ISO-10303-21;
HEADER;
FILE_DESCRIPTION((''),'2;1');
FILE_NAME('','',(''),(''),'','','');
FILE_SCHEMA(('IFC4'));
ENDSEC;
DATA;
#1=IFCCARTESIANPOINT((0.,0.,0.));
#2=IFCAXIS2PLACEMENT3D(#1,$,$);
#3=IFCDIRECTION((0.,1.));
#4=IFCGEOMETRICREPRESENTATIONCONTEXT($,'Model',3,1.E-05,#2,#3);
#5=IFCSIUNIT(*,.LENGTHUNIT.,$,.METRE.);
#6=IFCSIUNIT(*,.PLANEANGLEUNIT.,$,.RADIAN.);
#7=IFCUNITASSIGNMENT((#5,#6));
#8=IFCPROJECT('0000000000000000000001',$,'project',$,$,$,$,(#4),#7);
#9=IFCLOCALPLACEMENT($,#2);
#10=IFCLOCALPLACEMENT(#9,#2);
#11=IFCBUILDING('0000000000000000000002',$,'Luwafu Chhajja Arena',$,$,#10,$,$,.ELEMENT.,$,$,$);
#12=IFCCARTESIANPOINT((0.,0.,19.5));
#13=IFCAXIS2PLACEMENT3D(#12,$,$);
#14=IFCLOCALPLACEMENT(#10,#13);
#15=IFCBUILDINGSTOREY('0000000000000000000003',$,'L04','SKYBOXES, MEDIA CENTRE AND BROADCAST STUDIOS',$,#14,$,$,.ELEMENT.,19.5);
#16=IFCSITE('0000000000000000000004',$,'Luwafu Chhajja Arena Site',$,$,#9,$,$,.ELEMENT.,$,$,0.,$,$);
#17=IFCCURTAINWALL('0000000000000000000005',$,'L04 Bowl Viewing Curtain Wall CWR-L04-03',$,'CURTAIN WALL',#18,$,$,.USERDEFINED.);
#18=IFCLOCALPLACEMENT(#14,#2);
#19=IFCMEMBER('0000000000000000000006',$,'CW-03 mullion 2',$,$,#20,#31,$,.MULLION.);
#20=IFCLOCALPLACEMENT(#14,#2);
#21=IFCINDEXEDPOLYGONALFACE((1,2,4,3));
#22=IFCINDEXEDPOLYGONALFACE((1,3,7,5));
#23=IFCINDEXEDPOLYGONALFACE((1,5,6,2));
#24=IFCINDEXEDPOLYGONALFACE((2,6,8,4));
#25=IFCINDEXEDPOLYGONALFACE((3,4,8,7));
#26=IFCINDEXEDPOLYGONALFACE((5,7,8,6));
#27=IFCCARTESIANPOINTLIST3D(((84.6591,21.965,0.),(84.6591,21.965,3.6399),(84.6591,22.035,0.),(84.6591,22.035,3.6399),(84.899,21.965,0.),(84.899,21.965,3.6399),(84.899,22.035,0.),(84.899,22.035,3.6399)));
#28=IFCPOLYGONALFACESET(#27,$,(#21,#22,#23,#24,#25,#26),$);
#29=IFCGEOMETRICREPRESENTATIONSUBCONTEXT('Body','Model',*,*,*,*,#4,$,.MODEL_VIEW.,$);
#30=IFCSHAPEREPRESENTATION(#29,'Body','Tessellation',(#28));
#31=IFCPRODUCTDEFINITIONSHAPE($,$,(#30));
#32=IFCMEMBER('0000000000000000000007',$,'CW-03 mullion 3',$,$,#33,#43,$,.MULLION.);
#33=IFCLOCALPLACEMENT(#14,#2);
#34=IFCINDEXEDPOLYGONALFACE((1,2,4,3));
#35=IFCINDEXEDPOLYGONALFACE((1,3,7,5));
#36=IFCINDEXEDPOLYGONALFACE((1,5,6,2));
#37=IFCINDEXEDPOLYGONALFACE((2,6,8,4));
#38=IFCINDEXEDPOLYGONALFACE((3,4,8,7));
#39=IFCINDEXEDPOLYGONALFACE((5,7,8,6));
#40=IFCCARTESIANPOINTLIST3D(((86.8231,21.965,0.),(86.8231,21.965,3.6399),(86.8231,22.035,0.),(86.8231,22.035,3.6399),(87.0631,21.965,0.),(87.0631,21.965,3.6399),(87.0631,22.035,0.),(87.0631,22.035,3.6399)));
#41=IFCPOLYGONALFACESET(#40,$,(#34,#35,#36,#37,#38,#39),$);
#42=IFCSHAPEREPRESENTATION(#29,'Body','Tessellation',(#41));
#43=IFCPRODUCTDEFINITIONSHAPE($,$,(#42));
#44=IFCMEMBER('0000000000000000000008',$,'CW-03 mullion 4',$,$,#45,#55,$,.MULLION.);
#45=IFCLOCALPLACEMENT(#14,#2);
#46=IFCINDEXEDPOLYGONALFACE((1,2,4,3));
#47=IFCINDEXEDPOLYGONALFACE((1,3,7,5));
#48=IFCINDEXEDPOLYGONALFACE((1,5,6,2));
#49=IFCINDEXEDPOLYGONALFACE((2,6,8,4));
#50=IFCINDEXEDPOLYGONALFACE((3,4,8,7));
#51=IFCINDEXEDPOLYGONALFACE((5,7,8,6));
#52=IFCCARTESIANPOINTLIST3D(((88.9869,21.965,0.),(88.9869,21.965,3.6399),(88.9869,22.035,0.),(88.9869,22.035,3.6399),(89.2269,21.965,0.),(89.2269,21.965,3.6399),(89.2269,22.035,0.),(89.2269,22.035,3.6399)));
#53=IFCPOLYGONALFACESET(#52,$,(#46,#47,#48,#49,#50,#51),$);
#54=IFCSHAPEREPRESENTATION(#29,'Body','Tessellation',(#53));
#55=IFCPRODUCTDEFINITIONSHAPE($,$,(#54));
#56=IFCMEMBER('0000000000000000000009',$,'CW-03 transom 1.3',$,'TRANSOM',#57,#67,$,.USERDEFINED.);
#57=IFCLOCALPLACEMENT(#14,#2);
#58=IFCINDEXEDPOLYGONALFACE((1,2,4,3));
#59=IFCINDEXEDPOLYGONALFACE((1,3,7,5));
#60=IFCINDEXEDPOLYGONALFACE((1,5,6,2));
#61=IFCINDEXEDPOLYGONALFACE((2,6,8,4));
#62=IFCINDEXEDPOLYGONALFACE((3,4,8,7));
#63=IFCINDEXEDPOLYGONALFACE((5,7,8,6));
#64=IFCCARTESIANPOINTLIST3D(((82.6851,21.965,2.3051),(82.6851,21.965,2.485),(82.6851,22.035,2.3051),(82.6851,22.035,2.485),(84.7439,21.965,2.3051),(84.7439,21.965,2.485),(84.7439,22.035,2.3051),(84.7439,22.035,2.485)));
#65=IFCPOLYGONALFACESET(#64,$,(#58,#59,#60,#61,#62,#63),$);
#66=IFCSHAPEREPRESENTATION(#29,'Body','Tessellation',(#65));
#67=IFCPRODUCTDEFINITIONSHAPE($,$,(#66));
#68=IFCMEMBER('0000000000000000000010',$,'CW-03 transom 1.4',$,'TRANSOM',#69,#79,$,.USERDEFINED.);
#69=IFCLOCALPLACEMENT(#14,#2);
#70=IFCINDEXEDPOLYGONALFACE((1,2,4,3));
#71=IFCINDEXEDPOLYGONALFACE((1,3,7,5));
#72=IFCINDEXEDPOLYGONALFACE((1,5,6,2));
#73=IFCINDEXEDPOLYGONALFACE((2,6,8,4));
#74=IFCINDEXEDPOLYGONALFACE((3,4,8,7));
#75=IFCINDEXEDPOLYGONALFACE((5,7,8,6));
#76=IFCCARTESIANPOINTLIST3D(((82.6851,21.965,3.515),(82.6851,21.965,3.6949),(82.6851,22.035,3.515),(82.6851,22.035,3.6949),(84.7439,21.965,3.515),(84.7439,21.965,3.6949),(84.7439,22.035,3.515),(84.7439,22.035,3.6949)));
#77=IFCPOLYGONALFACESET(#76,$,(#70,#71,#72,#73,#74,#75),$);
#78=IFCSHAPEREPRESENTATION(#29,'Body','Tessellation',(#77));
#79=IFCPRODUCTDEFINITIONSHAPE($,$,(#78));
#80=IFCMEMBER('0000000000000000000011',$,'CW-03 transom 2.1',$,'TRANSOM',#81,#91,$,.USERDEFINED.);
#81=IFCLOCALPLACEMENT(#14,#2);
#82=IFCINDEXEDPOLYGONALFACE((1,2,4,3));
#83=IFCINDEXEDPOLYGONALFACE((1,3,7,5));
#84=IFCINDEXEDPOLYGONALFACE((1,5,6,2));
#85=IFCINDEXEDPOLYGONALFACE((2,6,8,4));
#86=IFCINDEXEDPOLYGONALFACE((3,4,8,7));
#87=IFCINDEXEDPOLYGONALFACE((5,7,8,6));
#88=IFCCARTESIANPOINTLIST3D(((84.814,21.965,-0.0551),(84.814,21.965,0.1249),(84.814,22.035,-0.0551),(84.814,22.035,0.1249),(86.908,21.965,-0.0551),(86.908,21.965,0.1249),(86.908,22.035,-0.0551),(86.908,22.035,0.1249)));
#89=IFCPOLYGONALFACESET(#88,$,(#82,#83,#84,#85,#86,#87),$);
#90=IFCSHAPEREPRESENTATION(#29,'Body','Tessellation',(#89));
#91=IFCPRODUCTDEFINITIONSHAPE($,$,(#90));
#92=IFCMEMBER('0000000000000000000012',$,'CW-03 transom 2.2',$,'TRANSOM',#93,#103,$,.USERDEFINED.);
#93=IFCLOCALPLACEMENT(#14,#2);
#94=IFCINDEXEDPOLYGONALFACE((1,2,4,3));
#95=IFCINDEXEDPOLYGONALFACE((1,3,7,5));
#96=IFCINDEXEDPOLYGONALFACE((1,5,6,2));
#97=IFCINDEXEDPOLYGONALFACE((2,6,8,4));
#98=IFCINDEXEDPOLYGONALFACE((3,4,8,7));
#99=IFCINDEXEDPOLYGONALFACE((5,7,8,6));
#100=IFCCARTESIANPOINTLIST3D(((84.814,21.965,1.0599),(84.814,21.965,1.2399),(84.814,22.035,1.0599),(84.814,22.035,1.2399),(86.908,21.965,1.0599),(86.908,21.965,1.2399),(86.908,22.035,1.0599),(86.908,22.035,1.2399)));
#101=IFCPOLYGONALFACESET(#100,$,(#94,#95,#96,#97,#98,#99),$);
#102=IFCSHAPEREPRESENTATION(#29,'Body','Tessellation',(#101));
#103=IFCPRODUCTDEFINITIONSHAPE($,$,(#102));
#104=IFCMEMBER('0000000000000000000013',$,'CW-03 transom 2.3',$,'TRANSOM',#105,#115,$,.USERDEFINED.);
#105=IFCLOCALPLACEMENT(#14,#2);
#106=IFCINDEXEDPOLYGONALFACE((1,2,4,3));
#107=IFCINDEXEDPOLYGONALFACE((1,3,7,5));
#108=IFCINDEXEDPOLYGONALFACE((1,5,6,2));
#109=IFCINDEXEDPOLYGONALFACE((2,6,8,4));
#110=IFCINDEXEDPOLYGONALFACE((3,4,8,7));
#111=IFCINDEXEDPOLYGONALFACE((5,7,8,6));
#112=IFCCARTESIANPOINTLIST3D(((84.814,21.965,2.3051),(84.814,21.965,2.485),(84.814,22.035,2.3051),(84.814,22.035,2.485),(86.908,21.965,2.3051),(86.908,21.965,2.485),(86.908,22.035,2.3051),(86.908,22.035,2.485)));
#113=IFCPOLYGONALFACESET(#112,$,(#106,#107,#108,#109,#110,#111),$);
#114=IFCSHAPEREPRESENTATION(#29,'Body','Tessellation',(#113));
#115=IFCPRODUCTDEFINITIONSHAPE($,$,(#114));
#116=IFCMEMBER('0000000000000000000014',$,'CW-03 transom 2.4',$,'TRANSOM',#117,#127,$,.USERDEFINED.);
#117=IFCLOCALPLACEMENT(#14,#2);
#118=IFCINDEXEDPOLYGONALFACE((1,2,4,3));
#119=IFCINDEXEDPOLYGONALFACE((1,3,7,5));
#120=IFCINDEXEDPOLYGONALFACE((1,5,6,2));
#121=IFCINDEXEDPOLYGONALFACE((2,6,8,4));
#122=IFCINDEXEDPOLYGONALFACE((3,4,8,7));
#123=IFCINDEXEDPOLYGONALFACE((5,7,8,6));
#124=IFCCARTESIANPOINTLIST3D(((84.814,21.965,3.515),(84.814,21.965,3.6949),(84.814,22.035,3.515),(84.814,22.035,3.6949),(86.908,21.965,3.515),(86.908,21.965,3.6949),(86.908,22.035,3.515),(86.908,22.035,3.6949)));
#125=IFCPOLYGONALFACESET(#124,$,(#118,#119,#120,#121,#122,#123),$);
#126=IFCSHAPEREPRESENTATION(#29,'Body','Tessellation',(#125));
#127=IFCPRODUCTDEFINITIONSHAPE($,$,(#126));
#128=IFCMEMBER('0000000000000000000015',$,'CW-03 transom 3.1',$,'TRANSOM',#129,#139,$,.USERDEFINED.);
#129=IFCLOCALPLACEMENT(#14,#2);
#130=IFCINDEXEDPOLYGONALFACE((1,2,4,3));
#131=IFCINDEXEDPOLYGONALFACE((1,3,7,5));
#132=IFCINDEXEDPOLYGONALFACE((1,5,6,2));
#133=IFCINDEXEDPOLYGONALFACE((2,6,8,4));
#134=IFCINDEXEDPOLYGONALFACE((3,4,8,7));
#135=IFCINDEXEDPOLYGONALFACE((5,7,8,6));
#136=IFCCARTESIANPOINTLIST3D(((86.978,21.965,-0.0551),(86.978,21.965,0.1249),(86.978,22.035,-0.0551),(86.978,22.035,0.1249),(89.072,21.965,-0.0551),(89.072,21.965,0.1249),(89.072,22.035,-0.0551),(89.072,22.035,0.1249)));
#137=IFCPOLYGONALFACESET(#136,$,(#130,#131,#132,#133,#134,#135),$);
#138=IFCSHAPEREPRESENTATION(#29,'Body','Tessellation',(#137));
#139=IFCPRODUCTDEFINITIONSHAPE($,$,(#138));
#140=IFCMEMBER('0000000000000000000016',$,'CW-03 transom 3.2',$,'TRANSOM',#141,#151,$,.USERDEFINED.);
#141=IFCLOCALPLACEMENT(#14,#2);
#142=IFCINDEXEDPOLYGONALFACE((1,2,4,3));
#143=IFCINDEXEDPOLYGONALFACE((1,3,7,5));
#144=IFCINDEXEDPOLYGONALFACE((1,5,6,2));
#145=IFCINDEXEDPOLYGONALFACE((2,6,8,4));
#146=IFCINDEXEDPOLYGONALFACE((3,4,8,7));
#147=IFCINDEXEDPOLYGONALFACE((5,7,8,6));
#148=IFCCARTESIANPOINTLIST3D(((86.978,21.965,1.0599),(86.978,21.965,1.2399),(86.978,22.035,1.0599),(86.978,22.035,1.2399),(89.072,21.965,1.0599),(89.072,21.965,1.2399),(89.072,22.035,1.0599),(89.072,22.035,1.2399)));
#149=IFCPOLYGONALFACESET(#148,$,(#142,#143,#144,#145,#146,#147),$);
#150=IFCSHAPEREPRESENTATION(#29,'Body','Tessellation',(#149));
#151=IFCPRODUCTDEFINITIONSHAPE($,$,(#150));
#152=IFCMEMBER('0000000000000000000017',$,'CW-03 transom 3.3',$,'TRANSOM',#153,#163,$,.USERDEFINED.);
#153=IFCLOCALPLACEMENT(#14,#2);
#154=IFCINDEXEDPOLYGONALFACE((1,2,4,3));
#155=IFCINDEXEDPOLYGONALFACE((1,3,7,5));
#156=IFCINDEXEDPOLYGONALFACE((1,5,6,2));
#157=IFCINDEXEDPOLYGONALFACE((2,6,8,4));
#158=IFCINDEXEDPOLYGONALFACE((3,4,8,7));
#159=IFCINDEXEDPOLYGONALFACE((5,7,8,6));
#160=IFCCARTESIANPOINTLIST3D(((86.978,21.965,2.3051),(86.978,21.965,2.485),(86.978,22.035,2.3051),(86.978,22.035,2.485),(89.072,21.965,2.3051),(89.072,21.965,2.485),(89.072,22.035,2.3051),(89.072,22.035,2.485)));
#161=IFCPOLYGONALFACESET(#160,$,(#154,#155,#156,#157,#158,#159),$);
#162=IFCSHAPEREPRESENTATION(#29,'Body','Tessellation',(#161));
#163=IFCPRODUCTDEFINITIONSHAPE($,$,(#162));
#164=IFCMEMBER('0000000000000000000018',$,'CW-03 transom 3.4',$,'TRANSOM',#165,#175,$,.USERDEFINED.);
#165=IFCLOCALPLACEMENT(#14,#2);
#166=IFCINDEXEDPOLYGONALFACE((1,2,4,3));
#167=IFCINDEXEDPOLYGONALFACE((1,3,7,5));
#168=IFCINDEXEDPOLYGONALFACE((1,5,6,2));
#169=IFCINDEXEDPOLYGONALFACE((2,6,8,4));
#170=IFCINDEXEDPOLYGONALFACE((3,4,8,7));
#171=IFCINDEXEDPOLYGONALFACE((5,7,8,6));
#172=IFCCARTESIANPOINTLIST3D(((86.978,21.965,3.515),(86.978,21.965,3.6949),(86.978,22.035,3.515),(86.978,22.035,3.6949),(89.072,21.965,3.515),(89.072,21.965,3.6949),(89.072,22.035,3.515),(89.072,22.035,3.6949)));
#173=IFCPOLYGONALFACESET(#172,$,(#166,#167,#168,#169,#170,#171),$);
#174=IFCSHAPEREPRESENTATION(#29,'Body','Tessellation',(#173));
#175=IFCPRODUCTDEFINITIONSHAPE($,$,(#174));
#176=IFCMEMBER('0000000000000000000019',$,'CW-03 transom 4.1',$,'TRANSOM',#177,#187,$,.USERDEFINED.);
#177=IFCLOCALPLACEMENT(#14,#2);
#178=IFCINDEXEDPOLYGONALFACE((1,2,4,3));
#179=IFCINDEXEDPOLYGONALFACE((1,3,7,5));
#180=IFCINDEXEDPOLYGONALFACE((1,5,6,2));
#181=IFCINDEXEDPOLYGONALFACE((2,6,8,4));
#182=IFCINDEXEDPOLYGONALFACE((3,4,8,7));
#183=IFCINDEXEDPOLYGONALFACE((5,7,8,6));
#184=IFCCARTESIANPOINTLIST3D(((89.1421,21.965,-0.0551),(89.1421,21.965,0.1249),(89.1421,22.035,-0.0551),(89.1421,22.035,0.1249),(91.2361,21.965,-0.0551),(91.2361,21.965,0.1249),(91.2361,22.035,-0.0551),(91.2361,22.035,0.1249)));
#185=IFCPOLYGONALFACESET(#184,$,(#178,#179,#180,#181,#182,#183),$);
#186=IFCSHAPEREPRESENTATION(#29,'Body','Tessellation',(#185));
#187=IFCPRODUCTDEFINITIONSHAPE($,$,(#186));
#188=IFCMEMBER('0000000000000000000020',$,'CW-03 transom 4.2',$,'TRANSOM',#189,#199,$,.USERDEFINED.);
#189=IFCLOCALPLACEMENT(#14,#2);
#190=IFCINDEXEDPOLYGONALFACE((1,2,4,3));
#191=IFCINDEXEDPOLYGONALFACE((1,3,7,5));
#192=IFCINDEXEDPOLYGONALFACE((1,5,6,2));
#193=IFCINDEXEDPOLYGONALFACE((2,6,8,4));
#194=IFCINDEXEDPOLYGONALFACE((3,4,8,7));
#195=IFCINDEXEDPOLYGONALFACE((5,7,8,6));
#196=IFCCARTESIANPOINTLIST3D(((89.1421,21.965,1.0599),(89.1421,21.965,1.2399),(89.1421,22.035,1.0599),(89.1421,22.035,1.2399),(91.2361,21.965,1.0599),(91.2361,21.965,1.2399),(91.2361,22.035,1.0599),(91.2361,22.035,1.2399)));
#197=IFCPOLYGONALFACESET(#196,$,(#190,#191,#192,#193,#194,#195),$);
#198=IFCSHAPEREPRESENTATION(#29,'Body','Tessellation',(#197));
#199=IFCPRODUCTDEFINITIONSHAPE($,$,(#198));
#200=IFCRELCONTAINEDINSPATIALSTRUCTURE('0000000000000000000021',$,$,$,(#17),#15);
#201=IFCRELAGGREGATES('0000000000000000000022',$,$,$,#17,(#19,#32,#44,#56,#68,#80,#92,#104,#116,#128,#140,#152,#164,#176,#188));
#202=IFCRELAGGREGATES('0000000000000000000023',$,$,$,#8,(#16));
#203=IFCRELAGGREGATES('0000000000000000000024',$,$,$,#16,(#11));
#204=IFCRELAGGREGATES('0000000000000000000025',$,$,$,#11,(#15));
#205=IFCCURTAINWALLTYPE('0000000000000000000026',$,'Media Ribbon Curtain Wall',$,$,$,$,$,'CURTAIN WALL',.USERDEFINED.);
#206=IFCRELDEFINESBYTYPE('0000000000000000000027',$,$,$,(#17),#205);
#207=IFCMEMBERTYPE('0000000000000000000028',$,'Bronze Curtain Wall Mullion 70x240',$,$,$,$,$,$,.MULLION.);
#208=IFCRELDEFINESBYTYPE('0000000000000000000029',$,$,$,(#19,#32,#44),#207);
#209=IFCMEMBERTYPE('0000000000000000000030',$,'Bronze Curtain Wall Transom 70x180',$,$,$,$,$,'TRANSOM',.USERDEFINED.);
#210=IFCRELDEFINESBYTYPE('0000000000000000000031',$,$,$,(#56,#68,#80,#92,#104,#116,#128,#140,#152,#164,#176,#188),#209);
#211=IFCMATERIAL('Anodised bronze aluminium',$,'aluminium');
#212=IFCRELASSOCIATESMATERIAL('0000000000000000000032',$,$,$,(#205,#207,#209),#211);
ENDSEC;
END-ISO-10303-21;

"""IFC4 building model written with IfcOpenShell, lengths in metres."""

from ifc_helpers import new_model, si_unit, direction, frame, origin, origin_2d, place, context, subcontext, project, spatial, rectangle, extrude, material, material_profile, profile_set, type_object, element, aggregate, save


model = new_model("IFC4")

# Units and contexts
model_context = context("Model", 3, precision=1e-05, world=origin(), true_north=direction((0.0, 1.0)))
body_context = subcontext(model_context, "Body", "Model", "MODEL_VIEW")
ifc_project = project(units=[si_unit("LENGTHUNIT", "METRE"), si_unit("PLANEANGLEUNIT", "RADIAN")], contexts=[model_context])

# Site, building, storey
site_placement = place(None, origin())
site = spatial("IfcSite", under=ifc_project, at=site_placement, Name="Luwafu Chhajja Arena Site", CompositionType="ELEMENT", RefElevation=0.0)
building_placement = place(site_placement, origin())
building = spatial("IfcBuilding", under=site, at=building_placement, Name="Luwafu Chhajja Arena", CompositionType="ELEMENT")
storey_placement = place(building_placement, frame((0.0, 0.0, 19.5)))
storey = spatial("IfcBuildingStorey", under=building, at=storey_placement, Name="L04", Description="SKYBOXES, MEDIA CENTRE AND BROADCAST STUDIOS", CompositionType="ELEMENT", Elevation=19.5)

# Curtain wall, members
ifc_material_1 = material(Name="Anodised bronze aluminium", Category="aluminium")
curtain_wall_type = type_object("IfcCurtainWallType", Name="Media Ribbon Curtain Wall", ElementType="CURTAIN WALL", PredefinedType="USERDEFINED", material=ifc_material_1)
curtain_wall_placement = place(storey_placement, origin())
curtain_wall = element("IfcCurtainWall", 1, at=curtain_wall_placement, inside=storey, type_object=curtain_wall_type, Name="L04 Bowl Viewing Curtain Wall CWR-L04-03", ObjectType="CURTAIN WALL", PredefinedType="USERDEFINED")
ifc_material_profile_1 = material_profile(ifc_material_1, rectangle(XDim=0.0701, YDim=0.24, at=origin_2d()), Name="CWM 70x240")
ifc_profile_set_1 = profile_set([ifc_material_profile_1], Name="Anodised bronze aluminium")
member_type_1 = type_object("IfcMemberType", Name="Bronze Curtain Wall Mullion 70x240", PredefinedType="MULLION", material=ifc_profile_set_1)
member_1_placement = place(storey_placement, frame((84.7791, 22.0, 0.0), z_axis=(0.0, 0.0, 1.0), x_axis=(0.0, 1.0, 0.0)))
member_1 = element("IfcMember", 2, at=member_1_placement, type_object=member_type_1, Name="CW-03 mullion 2", PredefinedType="MULLION", context=body_context, shape_type="SweptSolid", body=[
    extrude(rectangle(XDim=0.0701, YDim=0.24, at=origin_2d()), origin(), (0.0, 0.0, 1.0), 3.6399),
])
member_2_placement = place(storey_placement, frame((86.9431, 22.0, 0.0), z_axis=(0.0, 0.0, 1.0), x_axis=(0.0, 1.0, 0.0)))
member_2 = element("IfcMember", 3, at=member_2_placement, type_object=member_type_1, Name="CW-03 mullion 3", PredefinedType="MULLION", context=body_context, shape_type="SweptSolid", body=[
    extrude(rectangle(XDim=0.0701, YDim=0.24, at=origin_2d()), origin(), (0.0, 0.0, 1.0), 3.6399),
])
member_3_placement = place(storey_placement, frame((89.1069, 22.0, 0.0), z_axis=(0.0, 0.0, 1.0), x_axis=(0.0, 1.0, 0.0)))
member_3 = element("IfcMember", 4, at=member_3_placement, type_object=member_type_1, Name="CW-03 mullion 4", PredefinedType="MULLION", context=body_context, shape_type="SweptSolid", body=[
    extrude(rectangle(XDim=0.0701, YDim=0.24, at=origin_2d()), origin(), (0.0, 0.0, 1.0), 3.6399),
])
ifc_material_profile_2 = material_profile(ifc_material_1, rectangle(XDim=0.0701, YDim=0.1799, at=origin_2d()), Name="CWT 70x180")
ifc_profile_set_2 = profile_set([ifc_material_profile_2], Name="Anodised bronze aluminium")
member_type_2 = type_object("IfcMemberType", Name="Bronze Curtain Wall Transom 70x180", ElementType="TRANSOM", PredefinedType="USERDEFINED", material=ifc_profile_set_2)
member_4_placement = place(storey_placement, frame((82.6851, 22.0, 2.395), z_axis=(1.0, 0.0, 0.0), x_axis=(0.0, 1.0, 0.0)))
member_4 = element("IfcMember", 5, at=member_4_placement, type_object=member_type_2, Name="CW-03 transom 1.3", ObjectType="TRANSOM", PredefinedType="USERDEFINED", context=body_context, shape_type="SweptSolid", body=[
    extrude(rectangle(XDim=0.0701, YDim=0.1799, at=origin_2d()), origin(), (0.0, 0.0, 1.0), 2.0588),
])
member_5_placement = place(storey_placement, frame((82.6851, 22.0, 3.605), z_axis=(1.0, 0.0, 0.0), x_axis=(0.0, 1.0, 0.0)))
member_5 = element("IfcMember", 6, at=member_5_placement, type_object=member_type_2, Name="CW-03 transom 1.4", ObjectType="TRANSOM", PredefinedType="USERDEFINED", context=body_context, shape_type="SweptSolid", body=[
    extrude(rectangle(XDim=0.0701, YDim=0.1799, at=origin_2d()), origin(), (0.0, 0.0, 1.0), 2.0588),
])
member_6_placement = place(storey_placement, frame((84.814, 22.0, 0.0349), z_axis=(1.0, 0.0, 0.0), x_axis=(0.0, 1.0, 0.0)))
member_6 = element("IfcMember", 7, at=member_6_placement, type_object=member_type_2, Name="CW-03 transom 2.1", ObjectType="TRANSOM", PredefinedType="USERDEFINED", context=body_context, shape_type="SweptSolid", body=[
    extrude(rectangle(XDim=0.0701, YDim=0.1799, at=origin_2d()), origin(), (0.0, 0.0, 1.0), 2.094),
])
member_7_placement = place(storey_placement, frame((84.814, 22.0, 1.1499), z_axis=(1.0, 0.0, 0.0), x_axis=(0.0, 1.0, 0.0)))
member_7 = element("IfcMember", 8, at=member_7_placement, type_object=member_type_2, Name="CW-03 transom 2.2", ObjectType="TRANSOM", PredefinedType="USERDEFINED", context=body_context, shape_type="SweptSolid", body=[
    extrude(rectangle(XDim=0.0701, YDim=0.1799, at=origin_2d()), origin(), (0.0, 0.0, 1.0), 2.094),
])
member_8_placement = place(storey_placement, frame((84.814, 22.0, 2.395), z_axis=(1.0, 0.0, 0.0), x_axis=(0.0, 1.0, 0.0)))
member_8 = element("IfcMember", 9, at=member_8_placement, type_object=member_type_2, Name="CW-03 transom 2.3", ObjectType="TRANSOM", PredefinedType="USERDEFINED", context=body_context, shape_type="SweptSolid", body=[
    extrude(rectangle(XDim=0.0701, YDim=0.1799, at=origin_2d()), origin(), (0.0, 0.0, 1.0), 2.094),
])
member_9_placement = place(storey_placement, frame((84.814, 22.0, 3.605), z_axis=(1.0, 0.0, 0.0), x_axis=(0.0, 1.0, 0.0)))
member_9 = element("IfcMember", 10, at=member_9_placement, type_object=member_type_2, Name="CW-03 transom 2.4", ObjectType="TRANSOM", PredefinedType="USERDEFINED", context=body_context, shape_type="SweptSolid", body=[
    extrude(rectangle(XDim=0.0701, YDim=0.1799, at=origin_2d()), origin(), (0.0, 0.0, 1.0), 2.094),
])
member_10_placement = place(storey_placement, frame((86.978, 22.0, 0.0349), z_axis=(1.0, 0.0, 0.0), x_axis=(0.0, 1.0, 0.0)))
member_10 = element("IfcMember", 11, at=member_10_placement, type_object=member_type_2, Name="CW-03 transom 3.1", ObjectType="TRANSOM", PredefinedType="USERDEFINED", context=body_context, shape_type="SweptSolid", body=[
    extrude(rectangle(XDim=0.0701, YDim=0.1799, at=origin_2d()), origin(), (0.0, 0.0, 1.0), 2.094),
])
member_11_placement = place(storey_placement, frame((86.978, 22.0, 1.1499), z_axis=(1.0, 0.0, 0.0), x_axis=(0.0, 1.0, 0.0)))
member_11 = element("IfcMember", 12, at=member_11_placement, type_object=member_type_2, Name="CW-03 transom 3.2", ObjectType="TRANSOM", PredefinedType="USERDEFINED", context=body_context, shape_type="SweptSolid", body=[
    extrude(rectangle(XDim=0.0701, YDim=0.1799, at=origin_2d()), origin(), (0.0, 0.0, 1.0), 2.094),
])
member_12_placement = place(storey_placement, frame((86.978, 22.0, 2.395), z_axis=(1.0, 0.0, 0.0), x_axis=(0.0, 1.0, 0.0)))
member_12 = element("IfcMember", 13, at=member_12_placement, type_object=member_type_2, Name="CW-03 transom 3.3", ObjectType="TRANSOM", PredefinedType="USERDEFINED", context=body_context, shape_type="SweptSolid", body=[
    extrude(rectangle(XDim=0.0701, YDim=0.1799, at=origin_2d()), origin(), (0.0, 0.0, 1.0), 2.094),
])
member_13_placement = place(storey_placement, frame((86.978, 22.0, 3.605), z_axis=(1.0, 0.0, 0.0), x_axis=(0.0, 1.0, 0.0)))
member_13 = element("IfcMember", 14, at=member_13_placement, type_object=member_type_2, Name="CW-03 transom 3.4", ObjectType="TRANSOM", PredefinedType="USERDEFINED", context=body_context, shape_type="SweptSolid", body=[
    extrude(rectangle(XDim=0.0701, YDim=0.1799, at=origin_2d()), origin(), (0.0, 0.0, 1.0), 2.094),
])
member_14_placement = place(storey_placement, frame((89.1421, 22.0, 0.0349), z_axis=(1.0, 0.0, 0.0), x_axis=(0.0, 1.0, 0.0)))
member_14 = element("IfcMember", 15, at=member_14_placement, type_object=member_type_2, Name="CW-03 transom 4.1", ObjectType="TRANSOM", PredefinedType="USERDEFINED", context=body_context, shape_type="SweptSolid", body=[
    extrude(rectangle(XDim=0.0701, YDim=0.1799, at=origin_2d()), origin(), (0.0, 0.0, 1.0), 2.094),
])
member_15_placement = place(storey_placement, frame((89.1421, 22.0, 1.1499), z_axis=(1.0, 0.0, 0.0), x_axis=(0.0, 1.0, 0.0)))
member_15 = element("IfcMember", 16, at=member_15_placement, type_object=member_type_2, Name="CW-03 transom 4.2", ObjectType="TRANSOM", PredefinedType="USERDEFINED", context=body_context, shape_type="SweptSolid", body=[
    extrude(rectangle(XDim=0.0701, YDim=0.1799, at=origin_2d()), origin(), (0.0, 0.0, 1.0), 2.094),
])
aggregate(curtain_wall, [member_1, member_2, member_3, member_4, member_5, member_6, member_7, member_8, member_9, member_10, member_11, member_12, member_13, member_14, member_15])

save(model, "model.ifc")
